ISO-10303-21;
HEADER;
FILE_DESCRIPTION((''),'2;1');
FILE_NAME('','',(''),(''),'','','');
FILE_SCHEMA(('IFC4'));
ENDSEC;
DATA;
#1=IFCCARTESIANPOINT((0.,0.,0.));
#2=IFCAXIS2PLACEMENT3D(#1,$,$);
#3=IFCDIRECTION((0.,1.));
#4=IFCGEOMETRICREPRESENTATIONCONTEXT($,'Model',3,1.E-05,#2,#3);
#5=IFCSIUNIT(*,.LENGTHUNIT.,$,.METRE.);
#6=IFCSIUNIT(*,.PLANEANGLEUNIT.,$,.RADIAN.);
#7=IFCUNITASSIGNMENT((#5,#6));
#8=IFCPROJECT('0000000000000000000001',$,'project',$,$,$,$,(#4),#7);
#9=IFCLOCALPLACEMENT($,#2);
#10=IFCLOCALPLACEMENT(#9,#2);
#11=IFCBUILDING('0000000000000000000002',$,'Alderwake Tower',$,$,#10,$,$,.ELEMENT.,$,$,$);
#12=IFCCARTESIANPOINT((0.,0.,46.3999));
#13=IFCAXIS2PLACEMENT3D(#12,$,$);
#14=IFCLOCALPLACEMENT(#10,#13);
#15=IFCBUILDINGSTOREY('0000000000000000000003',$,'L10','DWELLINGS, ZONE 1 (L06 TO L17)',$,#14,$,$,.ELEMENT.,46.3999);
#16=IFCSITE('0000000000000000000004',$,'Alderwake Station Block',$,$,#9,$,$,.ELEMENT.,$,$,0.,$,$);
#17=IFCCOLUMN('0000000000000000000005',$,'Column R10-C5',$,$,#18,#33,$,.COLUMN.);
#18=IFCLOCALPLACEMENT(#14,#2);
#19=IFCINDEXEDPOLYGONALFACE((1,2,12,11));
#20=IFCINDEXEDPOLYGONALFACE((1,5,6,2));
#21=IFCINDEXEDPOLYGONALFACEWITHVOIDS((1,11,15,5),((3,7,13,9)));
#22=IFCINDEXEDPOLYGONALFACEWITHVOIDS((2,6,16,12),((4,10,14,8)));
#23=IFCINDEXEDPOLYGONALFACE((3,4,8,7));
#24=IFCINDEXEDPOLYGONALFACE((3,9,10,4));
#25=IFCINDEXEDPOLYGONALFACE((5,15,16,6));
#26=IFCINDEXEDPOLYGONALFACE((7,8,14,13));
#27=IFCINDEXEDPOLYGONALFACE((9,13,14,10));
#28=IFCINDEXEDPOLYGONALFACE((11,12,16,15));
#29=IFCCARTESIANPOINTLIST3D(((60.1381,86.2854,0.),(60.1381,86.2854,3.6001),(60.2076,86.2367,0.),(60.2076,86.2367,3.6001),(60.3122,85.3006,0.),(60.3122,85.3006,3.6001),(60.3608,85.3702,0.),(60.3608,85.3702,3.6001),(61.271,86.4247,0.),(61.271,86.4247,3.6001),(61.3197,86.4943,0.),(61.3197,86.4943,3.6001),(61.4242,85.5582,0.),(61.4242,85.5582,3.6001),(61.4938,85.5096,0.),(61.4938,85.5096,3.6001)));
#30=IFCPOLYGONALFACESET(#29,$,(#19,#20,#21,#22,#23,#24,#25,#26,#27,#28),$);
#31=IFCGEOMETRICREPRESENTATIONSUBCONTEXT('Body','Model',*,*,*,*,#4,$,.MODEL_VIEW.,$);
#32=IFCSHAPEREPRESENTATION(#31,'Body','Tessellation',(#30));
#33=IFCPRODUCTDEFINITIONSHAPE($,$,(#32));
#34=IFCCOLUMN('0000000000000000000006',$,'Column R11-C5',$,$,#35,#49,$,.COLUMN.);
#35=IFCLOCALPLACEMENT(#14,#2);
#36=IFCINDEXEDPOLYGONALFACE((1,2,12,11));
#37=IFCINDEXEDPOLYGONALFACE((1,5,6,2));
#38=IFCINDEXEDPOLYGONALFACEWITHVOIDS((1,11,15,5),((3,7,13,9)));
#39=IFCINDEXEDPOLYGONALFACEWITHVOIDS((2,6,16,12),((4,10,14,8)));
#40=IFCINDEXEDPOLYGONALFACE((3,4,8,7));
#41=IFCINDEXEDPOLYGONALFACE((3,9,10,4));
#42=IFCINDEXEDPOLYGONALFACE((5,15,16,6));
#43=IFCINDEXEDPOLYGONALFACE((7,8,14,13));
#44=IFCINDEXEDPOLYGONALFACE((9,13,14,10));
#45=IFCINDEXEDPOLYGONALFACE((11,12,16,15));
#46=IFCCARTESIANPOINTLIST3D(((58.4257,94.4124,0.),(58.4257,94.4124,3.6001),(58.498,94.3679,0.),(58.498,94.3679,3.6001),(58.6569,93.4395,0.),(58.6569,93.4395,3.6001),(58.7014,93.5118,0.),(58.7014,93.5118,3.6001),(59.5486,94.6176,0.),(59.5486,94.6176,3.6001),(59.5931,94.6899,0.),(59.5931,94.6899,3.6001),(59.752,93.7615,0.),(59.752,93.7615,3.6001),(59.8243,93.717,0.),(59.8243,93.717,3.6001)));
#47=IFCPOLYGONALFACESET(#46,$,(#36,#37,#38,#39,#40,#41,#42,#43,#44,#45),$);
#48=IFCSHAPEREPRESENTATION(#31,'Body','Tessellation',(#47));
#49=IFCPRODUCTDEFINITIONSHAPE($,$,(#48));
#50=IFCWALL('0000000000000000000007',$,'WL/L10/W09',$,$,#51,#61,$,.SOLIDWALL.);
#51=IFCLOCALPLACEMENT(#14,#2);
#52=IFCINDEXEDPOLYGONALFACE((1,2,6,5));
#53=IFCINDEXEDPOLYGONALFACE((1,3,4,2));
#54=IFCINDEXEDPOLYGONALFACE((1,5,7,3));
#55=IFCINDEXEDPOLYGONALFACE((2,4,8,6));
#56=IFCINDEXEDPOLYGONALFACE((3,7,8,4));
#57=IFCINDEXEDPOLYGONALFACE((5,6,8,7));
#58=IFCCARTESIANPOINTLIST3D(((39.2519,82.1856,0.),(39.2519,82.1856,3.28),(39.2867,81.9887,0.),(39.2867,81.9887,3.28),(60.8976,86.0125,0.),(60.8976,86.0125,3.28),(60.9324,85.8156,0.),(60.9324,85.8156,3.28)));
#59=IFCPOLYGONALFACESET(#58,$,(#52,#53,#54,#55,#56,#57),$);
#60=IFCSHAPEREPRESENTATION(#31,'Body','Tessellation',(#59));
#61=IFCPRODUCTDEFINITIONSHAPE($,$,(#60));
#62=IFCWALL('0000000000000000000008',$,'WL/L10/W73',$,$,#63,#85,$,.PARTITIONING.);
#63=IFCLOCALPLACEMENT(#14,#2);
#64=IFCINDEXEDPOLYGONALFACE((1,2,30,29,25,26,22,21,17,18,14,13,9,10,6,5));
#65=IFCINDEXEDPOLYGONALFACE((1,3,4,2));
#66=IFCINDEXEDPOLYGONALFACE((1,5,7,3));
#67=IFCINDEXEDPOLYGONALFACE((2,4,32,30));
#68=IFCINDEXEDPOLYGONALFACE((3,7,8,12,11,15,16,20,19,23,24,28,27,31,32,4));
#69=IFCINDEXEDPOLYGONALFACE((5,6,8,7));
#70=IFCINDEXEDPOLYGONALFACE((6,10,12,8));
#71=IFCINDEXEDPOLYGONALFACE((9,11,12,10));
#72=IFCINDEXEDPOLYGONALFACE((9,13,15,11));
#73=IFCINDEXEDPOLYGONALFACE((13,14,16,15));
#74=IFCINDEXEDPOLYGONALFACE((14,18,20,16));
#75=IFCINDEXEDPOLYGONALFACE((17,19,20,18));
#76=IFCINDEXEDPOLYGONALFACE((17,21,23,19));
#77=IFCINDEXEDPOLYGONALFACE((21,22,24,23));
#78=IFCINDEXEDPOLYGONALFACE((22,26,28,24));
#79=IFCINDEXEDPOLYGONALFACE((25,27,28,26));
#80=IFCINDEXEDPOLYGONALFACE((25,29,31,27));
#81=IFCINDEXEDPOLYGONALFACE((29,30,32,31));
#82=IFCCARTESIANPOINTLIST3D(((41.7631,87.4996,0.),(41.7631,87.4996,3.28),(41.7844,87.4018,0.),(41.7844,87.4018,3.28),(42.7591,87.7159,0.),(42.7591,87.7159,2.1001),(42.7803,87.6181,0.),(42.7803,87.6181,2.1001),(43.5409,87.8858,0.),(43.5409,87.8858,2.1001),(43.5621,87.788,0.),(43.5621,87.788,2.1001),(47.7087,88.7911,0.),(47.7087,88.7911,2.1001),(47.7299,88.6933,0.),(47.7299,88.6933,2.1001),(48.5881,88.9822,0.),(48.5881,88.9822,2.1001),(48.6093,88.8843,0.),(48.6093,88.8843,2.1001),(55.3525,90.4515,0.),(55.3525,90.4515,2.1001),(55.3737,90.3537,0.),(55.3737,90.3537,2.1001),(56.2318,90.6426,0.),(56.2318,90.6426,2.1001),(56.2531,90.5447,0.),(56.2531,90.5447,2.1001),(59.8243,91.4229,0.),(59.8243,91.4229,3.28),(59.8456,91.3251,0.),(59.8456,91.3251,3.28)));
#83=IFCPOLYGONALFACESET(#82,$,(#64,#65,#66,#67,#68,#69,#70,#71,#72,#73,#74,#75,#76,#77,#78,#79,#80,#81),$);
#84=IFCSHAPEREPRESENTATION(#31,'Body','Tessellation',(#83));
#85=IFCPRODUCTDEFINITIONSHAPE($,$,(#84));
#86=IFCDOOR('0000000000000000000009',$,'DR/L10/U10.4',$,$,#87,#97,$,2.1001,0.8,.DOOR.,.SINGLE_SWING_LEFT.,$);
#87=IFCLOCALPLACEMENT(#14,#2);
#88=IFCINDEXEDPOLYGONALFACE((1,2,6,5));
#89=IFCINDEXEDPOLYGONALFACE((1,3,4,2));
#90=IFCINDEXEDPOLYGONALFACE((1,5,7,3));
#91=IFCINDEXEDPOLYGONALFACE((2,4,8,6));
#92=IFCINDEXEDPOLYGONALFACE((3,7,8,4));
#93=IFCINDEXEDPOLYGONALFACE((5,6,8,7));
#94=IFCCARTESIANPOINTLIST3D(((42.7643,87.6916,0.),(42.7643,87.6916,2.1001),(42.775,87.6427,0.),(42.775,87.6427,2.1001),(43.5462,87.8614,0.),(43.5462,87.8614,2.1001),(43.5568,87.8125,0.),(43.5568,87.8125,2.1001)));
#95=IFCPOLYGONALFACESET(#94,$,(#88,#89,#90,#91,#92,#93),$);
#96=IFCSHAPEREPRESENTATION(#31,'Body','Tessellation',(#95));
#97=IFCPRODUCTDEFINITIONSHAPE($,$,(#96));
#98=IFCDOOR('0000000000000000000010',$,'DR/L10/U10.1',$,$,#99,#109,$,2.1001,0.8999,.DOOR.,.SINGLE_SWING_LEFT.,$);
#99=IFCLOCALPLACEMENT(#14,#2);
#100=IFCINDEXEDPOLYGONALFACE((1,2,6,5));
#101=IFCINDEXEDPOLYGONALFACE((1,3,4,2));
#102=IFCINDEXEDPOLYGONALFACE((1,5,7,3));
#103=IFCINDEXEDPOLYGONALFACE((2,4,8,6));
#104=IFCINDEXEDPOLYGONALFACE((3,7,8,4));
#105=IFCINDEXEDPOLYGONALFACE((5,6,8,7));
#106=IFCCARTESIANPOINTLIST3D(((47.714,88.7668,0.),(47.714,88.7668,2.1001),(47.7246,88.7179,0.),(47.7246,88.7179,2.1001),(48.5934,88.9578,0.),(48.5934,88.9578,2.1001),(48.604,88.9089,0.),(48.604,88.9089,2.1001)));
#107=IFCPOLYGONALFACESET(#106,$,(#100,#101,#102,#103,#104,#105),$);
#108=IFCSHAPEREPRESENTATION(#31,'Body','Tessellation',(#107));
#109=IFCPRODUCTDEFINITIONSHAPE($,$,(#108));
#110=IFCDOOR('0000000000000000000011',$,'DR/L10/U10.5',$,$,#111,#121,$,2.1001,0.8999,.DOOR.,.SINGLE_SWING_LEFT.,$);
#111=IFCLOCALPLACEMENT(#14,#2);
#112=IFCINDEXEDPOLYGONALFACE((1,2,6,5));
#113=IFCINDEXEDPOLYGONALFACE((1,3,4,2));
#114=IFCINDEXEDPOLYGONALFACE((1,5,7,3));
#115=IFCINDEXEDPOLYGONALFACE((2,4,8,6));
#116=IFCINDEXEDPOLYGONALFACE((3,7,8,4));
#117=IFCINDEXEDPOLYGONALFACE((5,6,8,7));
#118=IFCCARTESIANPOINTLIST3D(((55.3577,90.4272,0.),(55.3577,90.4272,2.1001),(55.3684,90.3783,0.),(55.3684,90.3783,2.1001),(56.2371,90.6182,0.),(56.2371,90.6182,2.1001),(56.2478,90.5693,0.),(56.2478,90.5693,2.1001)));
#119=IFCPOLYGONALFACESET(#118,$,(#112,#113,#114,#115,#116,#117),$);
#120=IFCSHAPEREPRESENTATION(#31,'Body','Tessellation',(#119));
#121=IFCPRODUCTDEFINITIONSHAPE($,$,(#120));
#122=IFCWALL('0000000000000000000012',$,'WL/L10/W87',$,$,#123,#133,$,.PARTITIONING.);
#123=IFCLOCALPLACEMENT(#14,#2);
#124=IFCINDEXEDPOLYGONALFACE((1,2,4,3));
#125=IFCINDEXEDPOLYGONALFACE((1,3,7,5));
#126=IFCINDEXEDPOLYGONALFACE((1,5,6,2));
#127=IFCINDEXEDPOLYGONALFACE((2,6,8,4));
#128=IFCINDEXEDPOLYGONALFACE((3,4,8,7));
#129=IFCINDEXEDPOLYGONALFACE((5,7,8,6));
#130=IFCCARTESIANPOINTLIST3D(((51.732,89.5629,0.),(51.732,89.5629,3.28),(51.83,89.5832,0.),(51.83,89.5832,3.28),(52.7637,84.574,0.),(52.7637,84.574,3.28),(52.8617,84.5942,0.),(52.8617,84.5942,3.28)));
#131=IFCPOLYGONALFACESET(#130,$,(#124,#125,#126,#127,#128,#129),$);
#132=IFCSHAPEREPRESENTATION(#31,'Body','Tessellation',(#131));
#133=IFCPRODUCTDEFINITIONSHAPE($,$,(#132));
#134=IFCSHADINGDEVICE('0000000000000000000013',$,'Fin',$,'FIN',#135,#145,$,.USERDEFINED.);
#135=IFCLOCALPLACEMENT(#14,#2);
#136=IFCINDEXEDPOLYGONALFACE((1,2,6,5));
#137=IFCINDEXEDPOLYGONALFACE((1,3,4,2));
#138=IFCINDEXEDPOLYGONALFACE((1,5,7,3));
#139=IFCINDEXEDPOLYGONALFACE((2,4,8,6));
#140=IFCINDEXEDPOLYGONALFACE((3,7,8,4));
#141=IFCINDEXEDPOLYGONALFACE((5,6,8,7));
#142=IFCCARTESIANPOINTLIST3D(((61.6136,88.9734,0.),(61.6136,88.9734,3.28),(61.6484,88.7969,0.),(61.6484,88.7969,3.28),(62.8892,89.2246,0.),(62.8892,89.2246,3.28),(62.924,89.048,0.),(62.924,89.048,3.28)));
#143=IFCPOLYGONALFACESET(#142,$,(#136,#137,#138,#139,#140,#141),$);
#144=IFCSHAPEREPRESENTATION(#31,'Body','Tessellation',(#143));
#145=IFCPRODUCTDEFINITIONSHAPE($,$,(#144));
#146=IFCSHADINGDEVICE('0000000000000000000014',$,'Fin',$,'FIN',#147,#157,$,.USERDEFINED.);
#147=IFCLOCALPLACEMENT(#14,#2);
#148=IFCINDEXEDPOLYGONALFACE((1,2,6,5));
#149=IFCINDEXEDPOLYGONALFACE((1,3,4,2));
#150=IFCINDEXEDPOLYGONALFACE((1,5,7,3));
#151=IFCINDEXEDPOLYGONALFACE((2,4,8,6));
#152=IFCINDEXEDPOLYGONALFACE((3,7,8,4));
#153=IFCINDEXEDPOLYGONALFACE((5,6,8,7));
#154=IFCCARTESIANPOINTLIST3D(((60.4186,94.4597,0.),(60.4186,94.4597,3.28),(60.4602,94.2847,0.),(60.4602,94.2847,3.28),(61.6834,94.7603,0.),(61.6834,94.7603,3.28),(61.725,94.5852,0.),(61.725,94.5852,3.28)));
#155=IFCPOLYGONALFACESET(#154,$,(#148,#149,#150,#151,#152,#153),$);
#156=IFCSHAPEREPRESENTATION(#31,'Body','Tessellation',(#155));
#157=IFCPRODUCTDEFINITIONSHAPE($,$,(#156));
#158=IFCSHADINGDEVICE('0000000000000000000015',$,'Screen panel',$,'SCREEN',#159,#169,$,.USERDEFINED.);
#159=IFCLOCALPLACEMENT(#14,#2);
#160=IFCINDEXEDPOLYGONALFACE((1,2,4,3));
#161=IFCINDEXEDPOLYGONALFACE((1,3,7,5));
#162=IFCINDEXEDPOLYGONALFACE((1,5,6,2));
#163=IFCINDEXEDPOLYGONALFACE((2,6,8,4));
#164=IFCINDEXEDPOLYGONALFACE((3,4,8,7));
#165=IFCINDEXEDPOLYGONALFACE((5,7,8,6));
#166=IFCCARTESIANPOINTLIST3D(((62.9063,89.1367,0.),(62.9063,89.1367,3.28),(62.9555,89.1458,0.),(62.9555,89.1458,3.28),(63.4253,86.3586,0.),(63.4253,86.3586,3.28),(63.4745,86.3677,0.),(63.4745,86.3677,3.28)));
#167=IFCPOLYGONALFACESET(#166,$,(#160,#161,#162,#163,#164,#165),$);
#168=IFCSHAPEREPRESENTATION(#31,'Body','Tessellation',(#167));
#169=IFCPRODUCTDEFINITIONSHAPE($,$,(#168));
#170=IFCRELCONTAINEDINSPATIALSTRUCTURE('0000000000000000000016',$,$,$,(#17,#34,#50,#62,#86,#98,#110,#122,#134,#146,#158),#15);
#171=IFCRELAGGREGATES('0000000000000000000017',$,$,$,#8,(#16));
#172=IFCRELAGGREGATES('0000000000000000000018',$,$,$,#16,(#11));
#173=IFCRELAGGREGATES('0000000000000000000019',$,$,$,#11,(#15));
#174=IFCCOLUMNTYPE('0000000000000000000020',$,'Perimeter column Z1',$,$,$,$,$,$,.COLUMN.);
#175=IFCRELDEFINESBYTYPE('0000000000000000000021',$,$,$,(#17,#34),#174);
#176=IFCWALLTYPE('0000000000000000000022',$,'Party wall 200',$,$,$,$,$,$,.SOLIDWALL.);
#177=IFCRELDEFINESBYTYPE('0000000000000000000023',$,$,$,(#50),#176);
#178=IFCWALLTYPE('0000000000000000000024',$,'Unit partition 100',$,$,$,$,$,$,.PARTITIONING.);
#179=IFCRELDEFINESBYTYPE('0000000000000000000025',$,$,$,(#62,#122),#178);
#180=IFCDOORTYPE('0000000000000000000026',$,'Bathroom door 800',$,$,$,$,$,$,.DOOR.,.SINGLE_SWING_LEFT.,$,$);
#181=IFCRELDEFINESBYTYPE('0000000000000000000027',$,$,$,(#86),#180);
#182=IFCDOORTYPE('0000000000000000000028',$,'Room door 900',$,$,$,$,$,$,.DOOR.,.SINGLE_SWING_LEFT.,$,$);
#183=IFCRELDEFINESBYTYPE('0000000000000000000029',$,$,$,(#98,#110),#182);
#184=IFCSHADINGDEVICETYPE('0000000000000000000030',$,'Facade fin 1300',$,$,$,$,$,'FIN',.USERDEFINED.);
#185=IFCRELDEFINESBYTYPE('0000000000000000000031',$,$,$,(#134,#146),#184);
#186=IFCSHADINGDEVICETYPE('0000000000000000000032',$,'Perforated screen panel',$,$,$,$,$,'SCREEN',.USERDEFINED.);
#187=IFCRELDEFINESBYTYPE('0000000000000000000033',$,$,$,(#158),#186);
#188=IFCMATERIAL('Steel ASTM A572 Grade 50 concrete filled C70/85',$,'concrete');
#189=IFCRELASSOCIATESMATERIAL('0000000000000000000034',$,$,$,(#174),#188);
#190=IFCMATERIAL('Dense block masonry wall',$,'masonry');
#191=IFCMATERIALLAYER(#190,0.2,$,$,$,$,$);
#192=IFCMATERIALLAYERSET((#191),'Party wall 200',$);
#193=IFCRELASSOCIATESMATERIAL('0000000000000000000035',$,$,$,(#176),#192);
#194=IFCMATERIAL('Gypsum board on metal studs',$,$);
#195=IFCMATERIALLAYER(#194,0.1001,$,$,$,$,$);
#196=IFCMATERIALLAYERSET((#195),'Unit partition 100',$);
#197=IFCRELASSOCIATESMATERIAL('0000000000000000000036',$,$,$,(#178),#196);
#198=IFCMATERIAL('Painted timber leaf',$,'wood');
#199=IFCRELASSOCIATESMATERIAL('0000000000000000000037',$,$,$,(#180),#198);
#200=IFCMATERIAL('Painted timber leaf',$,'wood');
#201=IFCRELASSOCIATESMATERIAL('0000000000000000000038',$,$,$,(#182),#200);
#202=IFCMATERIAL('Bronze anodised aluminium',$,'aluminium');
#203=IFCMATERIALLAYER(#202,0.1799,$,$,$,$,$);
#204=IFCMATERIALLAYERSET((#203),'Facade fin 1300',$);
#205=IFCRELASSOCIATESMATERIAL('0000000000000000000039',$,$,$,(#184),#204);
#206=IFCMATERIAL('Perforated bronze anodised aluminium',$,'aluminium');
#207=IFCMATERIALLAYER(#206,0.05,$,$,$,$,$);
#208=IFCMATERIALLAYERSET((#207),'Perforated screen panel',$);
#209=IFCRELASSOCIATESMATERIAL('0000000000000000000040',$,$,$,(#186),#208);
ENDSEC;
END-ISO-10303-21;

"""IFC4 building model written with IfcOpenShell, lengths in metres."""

from ifc_helpers import new_model, si_unit, direction, frame, frame_2d, origin, origin_2d, place, context, subcontext, project, spatial, rectangle, hollow_rectangle, extrude, material, layer, layer_set, material_profile, profile_set, type_object, element, fill, save


model = new_model("IFC4")

# Units and contexts
model_context = context("Model", 3, precision=1e-05, world=origin(), true_north=direction((0.0, 1.0)))
body_context = subcontext(model_context, "Body", "Model", "MODEL_VIEW")
ifc_project = project(units=[si_unit("LENGTHUNIT", "METRE"), si_unit("PLANEANGLEUNIT", "RADIAN")], contexts=[model_context])

# Site, building, storey
site_placement = place(None, origin())
site = spatial("IfcSite", under=ifc_project, at=site_placement, Name="Alderwake Station Block", CompositionType="ELEMENT", RefElevation=0.0)
building_placement = place(site_placement, origin())
building = spatial("IfcBuilding", under=site, at=building_placement, Name="Alderwake Tower", CompositionType="ELEMENT")
storey_placement = place(building_placement, frame((0.0, 0.0, 46.3999)))
storey = spatial("IfcBuildingStorey", under=building, at=storey_placement, Name="L10", Description="DWELLINGS, ZONE 1 (L06 TO L17)", CompositionType="ELEMENT", Elevation=46.3999)

# Columns
ifc_material_1 = material(Name="Steel ASTM A572 Grade 50 concrete filled C70/85", Category="concrete")
ifc_material_profile = material_profile(ifc_material_1, hollow_rectangle(XDim=1.0, YDim=1.2, WallThickness=0.0601, at=origin_2d()), Name="BOX 1200X1000X60")
ifc_profile_set = profile_set([ifc_material_profile], Name="Steel ASTM A572 Grade 50 concrete filled C70/85")
column_type = type_object("IfcColumnType", Name="Perimeter column Z1", PredefinedType="COLUMN", material=ifc_profile_set)
for number, where, z_axis, x_axis, name in (
    (1, (60.8159, 85.8975, 0.0), (0.0, 0.0, 1.0), (-0.174109, 0.984726, 0.0), "Column R10-C5"),
    (2, (59.125, 94.0647, 0.0), (0.0, 0.0, 1.0), (-0.231222, 0.972901, 0.0), "Column R11-C5"),
):
    element("IfcColumn", number, at=place(storey_placement, frame(where, z_axis=z_axis, x_axis=x_axis)), inside=storey, type_object=column_type, Name=name, PredefinedType="COLUMN", context=body_context, shape_type="SweptSolid", body=[
        extrude(hollow_rectangle(XDim=1.0, YDim=1.2, WallThickness=0.0601, at=origin_2d()), origin(), (0.0, 0.0, 1.0), 3.6001),
    ])

# Wall
ifc_material_2 = material(Name="Dense block masonry wall", Category="masonry")
ifc_layer_1 = layer(ifc_material_2, 0.2)
ifc_layer_set_1 = layer_set([ifc_layer_1], Name="Party wall 200")
wall_type_1 = type_object("IfcWallType", Name="Party wall 200", PredefinedType="SOLIDWALL", material=ifc_layer_set_1)
wall_1_placement = place(storey_placement, frame((60.915, 85.9141, 0.0), z_axis=(0.0, 0.0, 1.0), x_axis=(-0.984728, -0.174097, 0.0)))
element("IfcWall", 3, at=wall_1_placement, inside=storey, type_object=wall_type_1, Name="WL/L10/W09", PredefinedType="SOLIDWALL", context=body_context, shape_type="SweptSolid", body=[
    extrude(rectangle(XDim=21.9814, YDim=0.2, at=frame_2d((10.9907, 0.0))), origin(), (0.0, 0.0, 1.0), 3.28),
])

# Wall, openings, doors
ifc_material_3 = material(Name="Gypsum board on metal studs")
ifc_layer_2 = layer(ifc_material_3, 0.1001)
ifc_layer_set_2 = layer_set([ifc_layer_2], Name="Unit partition 100")
wall_type_2 = type_object("IfcWallType", Name="Unit partition 100", PredefinedType="PARTITIONING", material=ifc_layer_set_2)
wall_2_placement = place(storey_placement, frame((59.835, 91.374, 0.0), z_axis=(0.0, 0.0, 1.0), x_axis=(-0.97721, -0.212273, 0.0)))
wall_2 = element("IfcWall", 4, at=wall_2_placement, inside=storey, type_object=wall_type_2, Name="WL/L10/W73", PredefinedType="PARTITIONING", context=body_context, shape_type="SweptSolid", body=[
    extrude(rectangle(XDim=18.4824, YDim=0.1001, at=frame_2d((9.2412, 0.0))), origin(), (0.0, 0.0, 1.0), 3.28),
])
opening_1_placement = place(wall_2_placement, frame((11.4983, 0.0, 0.0)))
opening_1 = element("IfcOpeningElement", 5, at=opening_1_placement, cuts=wall_2, PredefinedType="OPENING", context=body_context, shape_type="SweptSolid", body=[
    extrude(rectangle(XDim=0.8999, YDim=2.1001, at=frame_2d((0.45, 1.05))), frame((0.0, 0.0601, 0.0), z_axis=(0.0, -1.0, 0.0), x_axis=(1.0, 0.0, 0.0)), (0.0, 0.0, 1.0), 0.1201),
])
opening_2_placement = place(wall_2_placement, frame((16.6633, 0.0, 0.0)))
opening_2 = element("IfcOpeningElement", 6, at=opening_2_placement, cuts=wall_2, PredefinedType="OPENING", context=body_context, shape_type="SweptSolid", body=[
    extrude(rectangle(XDim=0.8, YDim=2.1001, at=frame_2d((0.3999, 1.05))), frame((0.0, 0.0601, 0.0), z_axis=(0.0, -1.0, 0.0), x_axis=(1.0, 0.0, 0.0)), (0.0, 0.0, 1.0), 0.1201),
])
opening_3_placement = place(wall_2_placement, frame((3.6763, 0.0, 0.0)))
opening_3 = element("IfcOpeningElement", 7, at=opening_3_placement, cuts=wall_2, PredefinedType="OPENING", context=body_context, shape_type="SweptSolid", body=[
    extrude(rectangle(XDim=0.8999, YDim=2.1001, at=frame_2d((0.45, 1.05))), frame((0.0, 0.0601, 0.0), z_axis=(0.0, -1.0, 0.0), x_axis=(1.0, 0.0, 0.0)), (0.0, 0.0, 1.0), 0.1201),
])
ifc_material_4 = material(Name="Painted timber leaf", Category="wood")
door_type_1 = type_object("IfcDoorType", Name="Bathroom door 800", OperationType="SINGLE_SWING_LEFT", PredefinedType="DOOR", material=ifc_material_4)
door_1_placement = place(opening_2_placement, origin())
door_1 = element("IfcDoor", 8, at=door_1_placement, inside=storey, type_object=door_type_1, Name="DR/L10/U10.4", OperationType="SINGLE_SWING_LEFT", OverallHeight=2.1001, OverallWidth=0.8, PredefinedType="DOOR", context=body_context, shape_type="SweptSolid", body=[
    extrude(rectangle(XDim=0.8, YDim=2.1001, at=frame_2d((0.3999, 1.05))), frame((0.0, 0.0249, 0.0), z_axis=(0.0, -1.0, 0.0), x_axis=(1.0, 0.0, 0.0)), (0.0, 0.0, 1.0), 0.05),
])
fill(opening_2, door_1)
ifc_material_5 = material(Name="Painted timber leaf", Category="wood")
door_type_2 = type_object("IfcDoorType", Name="Room door 900", OperationType="SINGLE_SWING_LEFT", PredefinedType="DOOR", material=ifc_material_5)
door_2_placement = place(opening_1_placement, origin())
door_2 = element("IfcDoor", 9, at=door_2_placement, inside=storey, type_object=door_type_2, Name="DR/L10/U10.1", OperationType="SINGLE_SWING_LEFT", OverallHeight=2.1001, OverallWidth=0.8999, PredefinedType="DOOR", context=body_context, shape_type="SweptSolid", body=[
    extrude(rectangle(XDim=0.8999, YDim=2.1001, at=frame_2d((0.45, 1.05))), frame((0.0, 0.0249, 0.0), z_axis=(0.0, -1.0, 0.0), x_axis=(1.0, 0.0, 0.0)), (0.0, 0.0, 1.0), 0.05),
])
fill(opening_1, door_2)
door_3_placement = place(opening_3_placement, origin())
door_3 = element("IfcDoor", 10, at=door_3_placement, inside=storey, type_object=door_type_2, Name="DR/L10/U10.5", OperationType="SINGLE_SWING_LEFT", OverallHeight=2.1001, OverallWidth=0.8999, PredefinedType="DOOR", context=body_context, shape_type="SweptSolid", body=[
    extrude(rectangle(XDim=0.8999, YDim=2.1001, at=frame_2d((0.45, 1.05))), frame((0.0, 0.0249, 0.0), z_axis=(0.0, -1.0, 0.0), x_axis=(1.0, 0.0, 0.0)), (0.0, 0.0, 1.0), 0.05),
])
fill(opening_3, door_3)

# Wall
wall_3_placement = place(storey_placement, frame((52.8127, 84.584, 0.0), z_axis=(0.0, 0.0, 1.0), x_axis=(-0.202517, 0.979279, 0.0)))
element("IfcWall", 11, at=wall_3_placement, inside=storey, type_object=wall_type_2, Name="WL/L10/W87", PredefinedType="PARTITIONING", context=body_context, shape_type="SweptSolid", body=[
    extrude(rectangle(XDim=5.0945, YDim=0.1001, at=frame_2d((2.5474, 0.0))), origin(), (0.0, 0.0, 1.0), 3.28),
])

# Shading devices
ifc_material_6 = material(Name="Bronze anodised aluminium", Category="aluminium")
ifc_layer_3 = layer(ifc_material_6, 0.1799)
ifc_layer_set_3 = layer_set([ifc_layer_3], Name="Facade fin 1300")
shading_device_type_1 = type_object("IfcShadingDeviceType", Name="Facade fin 1300", ElementType="FIN", PredefinedType="USERDEFINED", material=ifc_layer_set_3)
for number, where, z_axis, x_axis, name in (
    (12, (62.2688, 89.0107, 0.0), (0.0, 0.0, 1.0), (0.981164, 0.193178, 0.0), "Fin"),
    (13, (61.0718, 94.5225, 0.0), (0.0, 0.0, 1.0), (0.972909, 0.231189, 0.0), "Fin"),
):
    element("IfcShadingDevice", number, at=place(storey_placement, frame(where, z_axis=z_axis, x_axis=x_axis)), inside=storey, type_object=shading_device_type_1, Name=name, ObjectType="FIN", PredefinedType="USERDEFINED", context=body_context, shape_type="SweptSolid", body=[
        extrude(rectangle(XDim=1.3, YDim=0.1799, at=origin_2d()), origin(), (0.0, 0.0, 1.0), 3.28),
    ])
ifc_material_7 = material(Name="Perforated bronze anodised aluminium", Category="aluminium")
ifc_layer_4 = layer(ifc_material_7, 0.05)
ifc_layer_set_4 = layer_set([ifc_layer_4], Name="Perforated screen panel")
shading_device_type_2 = type_object("IfcShadingDeviceType", Name="Perforated screen panel", ElementType="SCREEN", PredefinedType="USERDEFINED", material=ifc_layer_set_4)
shading_device_placement = place(storey_placement, frame((63.1904, 87.7522, 0.0), z_axis=(0.0, 0.0, 1.0), x_axis=(0.982991, 0.183651, 0.0)))
element("IfcShadingDevice", 14, at=shading_device_placement, inside=storey, type_object=shading_device_type_2, Name="Screen panel", ObjectType="SCREEN", PredefinedType="USERDEFINED", context=body_context, shape_type="SweptSolid", body=[
    extrude(rectangle(XDim=0.05, YDim=2.8262, at=origin_2d()), origin(), (0.0, 0.0, 1.0), 3.28),
])

save(model, "model.ifc")
